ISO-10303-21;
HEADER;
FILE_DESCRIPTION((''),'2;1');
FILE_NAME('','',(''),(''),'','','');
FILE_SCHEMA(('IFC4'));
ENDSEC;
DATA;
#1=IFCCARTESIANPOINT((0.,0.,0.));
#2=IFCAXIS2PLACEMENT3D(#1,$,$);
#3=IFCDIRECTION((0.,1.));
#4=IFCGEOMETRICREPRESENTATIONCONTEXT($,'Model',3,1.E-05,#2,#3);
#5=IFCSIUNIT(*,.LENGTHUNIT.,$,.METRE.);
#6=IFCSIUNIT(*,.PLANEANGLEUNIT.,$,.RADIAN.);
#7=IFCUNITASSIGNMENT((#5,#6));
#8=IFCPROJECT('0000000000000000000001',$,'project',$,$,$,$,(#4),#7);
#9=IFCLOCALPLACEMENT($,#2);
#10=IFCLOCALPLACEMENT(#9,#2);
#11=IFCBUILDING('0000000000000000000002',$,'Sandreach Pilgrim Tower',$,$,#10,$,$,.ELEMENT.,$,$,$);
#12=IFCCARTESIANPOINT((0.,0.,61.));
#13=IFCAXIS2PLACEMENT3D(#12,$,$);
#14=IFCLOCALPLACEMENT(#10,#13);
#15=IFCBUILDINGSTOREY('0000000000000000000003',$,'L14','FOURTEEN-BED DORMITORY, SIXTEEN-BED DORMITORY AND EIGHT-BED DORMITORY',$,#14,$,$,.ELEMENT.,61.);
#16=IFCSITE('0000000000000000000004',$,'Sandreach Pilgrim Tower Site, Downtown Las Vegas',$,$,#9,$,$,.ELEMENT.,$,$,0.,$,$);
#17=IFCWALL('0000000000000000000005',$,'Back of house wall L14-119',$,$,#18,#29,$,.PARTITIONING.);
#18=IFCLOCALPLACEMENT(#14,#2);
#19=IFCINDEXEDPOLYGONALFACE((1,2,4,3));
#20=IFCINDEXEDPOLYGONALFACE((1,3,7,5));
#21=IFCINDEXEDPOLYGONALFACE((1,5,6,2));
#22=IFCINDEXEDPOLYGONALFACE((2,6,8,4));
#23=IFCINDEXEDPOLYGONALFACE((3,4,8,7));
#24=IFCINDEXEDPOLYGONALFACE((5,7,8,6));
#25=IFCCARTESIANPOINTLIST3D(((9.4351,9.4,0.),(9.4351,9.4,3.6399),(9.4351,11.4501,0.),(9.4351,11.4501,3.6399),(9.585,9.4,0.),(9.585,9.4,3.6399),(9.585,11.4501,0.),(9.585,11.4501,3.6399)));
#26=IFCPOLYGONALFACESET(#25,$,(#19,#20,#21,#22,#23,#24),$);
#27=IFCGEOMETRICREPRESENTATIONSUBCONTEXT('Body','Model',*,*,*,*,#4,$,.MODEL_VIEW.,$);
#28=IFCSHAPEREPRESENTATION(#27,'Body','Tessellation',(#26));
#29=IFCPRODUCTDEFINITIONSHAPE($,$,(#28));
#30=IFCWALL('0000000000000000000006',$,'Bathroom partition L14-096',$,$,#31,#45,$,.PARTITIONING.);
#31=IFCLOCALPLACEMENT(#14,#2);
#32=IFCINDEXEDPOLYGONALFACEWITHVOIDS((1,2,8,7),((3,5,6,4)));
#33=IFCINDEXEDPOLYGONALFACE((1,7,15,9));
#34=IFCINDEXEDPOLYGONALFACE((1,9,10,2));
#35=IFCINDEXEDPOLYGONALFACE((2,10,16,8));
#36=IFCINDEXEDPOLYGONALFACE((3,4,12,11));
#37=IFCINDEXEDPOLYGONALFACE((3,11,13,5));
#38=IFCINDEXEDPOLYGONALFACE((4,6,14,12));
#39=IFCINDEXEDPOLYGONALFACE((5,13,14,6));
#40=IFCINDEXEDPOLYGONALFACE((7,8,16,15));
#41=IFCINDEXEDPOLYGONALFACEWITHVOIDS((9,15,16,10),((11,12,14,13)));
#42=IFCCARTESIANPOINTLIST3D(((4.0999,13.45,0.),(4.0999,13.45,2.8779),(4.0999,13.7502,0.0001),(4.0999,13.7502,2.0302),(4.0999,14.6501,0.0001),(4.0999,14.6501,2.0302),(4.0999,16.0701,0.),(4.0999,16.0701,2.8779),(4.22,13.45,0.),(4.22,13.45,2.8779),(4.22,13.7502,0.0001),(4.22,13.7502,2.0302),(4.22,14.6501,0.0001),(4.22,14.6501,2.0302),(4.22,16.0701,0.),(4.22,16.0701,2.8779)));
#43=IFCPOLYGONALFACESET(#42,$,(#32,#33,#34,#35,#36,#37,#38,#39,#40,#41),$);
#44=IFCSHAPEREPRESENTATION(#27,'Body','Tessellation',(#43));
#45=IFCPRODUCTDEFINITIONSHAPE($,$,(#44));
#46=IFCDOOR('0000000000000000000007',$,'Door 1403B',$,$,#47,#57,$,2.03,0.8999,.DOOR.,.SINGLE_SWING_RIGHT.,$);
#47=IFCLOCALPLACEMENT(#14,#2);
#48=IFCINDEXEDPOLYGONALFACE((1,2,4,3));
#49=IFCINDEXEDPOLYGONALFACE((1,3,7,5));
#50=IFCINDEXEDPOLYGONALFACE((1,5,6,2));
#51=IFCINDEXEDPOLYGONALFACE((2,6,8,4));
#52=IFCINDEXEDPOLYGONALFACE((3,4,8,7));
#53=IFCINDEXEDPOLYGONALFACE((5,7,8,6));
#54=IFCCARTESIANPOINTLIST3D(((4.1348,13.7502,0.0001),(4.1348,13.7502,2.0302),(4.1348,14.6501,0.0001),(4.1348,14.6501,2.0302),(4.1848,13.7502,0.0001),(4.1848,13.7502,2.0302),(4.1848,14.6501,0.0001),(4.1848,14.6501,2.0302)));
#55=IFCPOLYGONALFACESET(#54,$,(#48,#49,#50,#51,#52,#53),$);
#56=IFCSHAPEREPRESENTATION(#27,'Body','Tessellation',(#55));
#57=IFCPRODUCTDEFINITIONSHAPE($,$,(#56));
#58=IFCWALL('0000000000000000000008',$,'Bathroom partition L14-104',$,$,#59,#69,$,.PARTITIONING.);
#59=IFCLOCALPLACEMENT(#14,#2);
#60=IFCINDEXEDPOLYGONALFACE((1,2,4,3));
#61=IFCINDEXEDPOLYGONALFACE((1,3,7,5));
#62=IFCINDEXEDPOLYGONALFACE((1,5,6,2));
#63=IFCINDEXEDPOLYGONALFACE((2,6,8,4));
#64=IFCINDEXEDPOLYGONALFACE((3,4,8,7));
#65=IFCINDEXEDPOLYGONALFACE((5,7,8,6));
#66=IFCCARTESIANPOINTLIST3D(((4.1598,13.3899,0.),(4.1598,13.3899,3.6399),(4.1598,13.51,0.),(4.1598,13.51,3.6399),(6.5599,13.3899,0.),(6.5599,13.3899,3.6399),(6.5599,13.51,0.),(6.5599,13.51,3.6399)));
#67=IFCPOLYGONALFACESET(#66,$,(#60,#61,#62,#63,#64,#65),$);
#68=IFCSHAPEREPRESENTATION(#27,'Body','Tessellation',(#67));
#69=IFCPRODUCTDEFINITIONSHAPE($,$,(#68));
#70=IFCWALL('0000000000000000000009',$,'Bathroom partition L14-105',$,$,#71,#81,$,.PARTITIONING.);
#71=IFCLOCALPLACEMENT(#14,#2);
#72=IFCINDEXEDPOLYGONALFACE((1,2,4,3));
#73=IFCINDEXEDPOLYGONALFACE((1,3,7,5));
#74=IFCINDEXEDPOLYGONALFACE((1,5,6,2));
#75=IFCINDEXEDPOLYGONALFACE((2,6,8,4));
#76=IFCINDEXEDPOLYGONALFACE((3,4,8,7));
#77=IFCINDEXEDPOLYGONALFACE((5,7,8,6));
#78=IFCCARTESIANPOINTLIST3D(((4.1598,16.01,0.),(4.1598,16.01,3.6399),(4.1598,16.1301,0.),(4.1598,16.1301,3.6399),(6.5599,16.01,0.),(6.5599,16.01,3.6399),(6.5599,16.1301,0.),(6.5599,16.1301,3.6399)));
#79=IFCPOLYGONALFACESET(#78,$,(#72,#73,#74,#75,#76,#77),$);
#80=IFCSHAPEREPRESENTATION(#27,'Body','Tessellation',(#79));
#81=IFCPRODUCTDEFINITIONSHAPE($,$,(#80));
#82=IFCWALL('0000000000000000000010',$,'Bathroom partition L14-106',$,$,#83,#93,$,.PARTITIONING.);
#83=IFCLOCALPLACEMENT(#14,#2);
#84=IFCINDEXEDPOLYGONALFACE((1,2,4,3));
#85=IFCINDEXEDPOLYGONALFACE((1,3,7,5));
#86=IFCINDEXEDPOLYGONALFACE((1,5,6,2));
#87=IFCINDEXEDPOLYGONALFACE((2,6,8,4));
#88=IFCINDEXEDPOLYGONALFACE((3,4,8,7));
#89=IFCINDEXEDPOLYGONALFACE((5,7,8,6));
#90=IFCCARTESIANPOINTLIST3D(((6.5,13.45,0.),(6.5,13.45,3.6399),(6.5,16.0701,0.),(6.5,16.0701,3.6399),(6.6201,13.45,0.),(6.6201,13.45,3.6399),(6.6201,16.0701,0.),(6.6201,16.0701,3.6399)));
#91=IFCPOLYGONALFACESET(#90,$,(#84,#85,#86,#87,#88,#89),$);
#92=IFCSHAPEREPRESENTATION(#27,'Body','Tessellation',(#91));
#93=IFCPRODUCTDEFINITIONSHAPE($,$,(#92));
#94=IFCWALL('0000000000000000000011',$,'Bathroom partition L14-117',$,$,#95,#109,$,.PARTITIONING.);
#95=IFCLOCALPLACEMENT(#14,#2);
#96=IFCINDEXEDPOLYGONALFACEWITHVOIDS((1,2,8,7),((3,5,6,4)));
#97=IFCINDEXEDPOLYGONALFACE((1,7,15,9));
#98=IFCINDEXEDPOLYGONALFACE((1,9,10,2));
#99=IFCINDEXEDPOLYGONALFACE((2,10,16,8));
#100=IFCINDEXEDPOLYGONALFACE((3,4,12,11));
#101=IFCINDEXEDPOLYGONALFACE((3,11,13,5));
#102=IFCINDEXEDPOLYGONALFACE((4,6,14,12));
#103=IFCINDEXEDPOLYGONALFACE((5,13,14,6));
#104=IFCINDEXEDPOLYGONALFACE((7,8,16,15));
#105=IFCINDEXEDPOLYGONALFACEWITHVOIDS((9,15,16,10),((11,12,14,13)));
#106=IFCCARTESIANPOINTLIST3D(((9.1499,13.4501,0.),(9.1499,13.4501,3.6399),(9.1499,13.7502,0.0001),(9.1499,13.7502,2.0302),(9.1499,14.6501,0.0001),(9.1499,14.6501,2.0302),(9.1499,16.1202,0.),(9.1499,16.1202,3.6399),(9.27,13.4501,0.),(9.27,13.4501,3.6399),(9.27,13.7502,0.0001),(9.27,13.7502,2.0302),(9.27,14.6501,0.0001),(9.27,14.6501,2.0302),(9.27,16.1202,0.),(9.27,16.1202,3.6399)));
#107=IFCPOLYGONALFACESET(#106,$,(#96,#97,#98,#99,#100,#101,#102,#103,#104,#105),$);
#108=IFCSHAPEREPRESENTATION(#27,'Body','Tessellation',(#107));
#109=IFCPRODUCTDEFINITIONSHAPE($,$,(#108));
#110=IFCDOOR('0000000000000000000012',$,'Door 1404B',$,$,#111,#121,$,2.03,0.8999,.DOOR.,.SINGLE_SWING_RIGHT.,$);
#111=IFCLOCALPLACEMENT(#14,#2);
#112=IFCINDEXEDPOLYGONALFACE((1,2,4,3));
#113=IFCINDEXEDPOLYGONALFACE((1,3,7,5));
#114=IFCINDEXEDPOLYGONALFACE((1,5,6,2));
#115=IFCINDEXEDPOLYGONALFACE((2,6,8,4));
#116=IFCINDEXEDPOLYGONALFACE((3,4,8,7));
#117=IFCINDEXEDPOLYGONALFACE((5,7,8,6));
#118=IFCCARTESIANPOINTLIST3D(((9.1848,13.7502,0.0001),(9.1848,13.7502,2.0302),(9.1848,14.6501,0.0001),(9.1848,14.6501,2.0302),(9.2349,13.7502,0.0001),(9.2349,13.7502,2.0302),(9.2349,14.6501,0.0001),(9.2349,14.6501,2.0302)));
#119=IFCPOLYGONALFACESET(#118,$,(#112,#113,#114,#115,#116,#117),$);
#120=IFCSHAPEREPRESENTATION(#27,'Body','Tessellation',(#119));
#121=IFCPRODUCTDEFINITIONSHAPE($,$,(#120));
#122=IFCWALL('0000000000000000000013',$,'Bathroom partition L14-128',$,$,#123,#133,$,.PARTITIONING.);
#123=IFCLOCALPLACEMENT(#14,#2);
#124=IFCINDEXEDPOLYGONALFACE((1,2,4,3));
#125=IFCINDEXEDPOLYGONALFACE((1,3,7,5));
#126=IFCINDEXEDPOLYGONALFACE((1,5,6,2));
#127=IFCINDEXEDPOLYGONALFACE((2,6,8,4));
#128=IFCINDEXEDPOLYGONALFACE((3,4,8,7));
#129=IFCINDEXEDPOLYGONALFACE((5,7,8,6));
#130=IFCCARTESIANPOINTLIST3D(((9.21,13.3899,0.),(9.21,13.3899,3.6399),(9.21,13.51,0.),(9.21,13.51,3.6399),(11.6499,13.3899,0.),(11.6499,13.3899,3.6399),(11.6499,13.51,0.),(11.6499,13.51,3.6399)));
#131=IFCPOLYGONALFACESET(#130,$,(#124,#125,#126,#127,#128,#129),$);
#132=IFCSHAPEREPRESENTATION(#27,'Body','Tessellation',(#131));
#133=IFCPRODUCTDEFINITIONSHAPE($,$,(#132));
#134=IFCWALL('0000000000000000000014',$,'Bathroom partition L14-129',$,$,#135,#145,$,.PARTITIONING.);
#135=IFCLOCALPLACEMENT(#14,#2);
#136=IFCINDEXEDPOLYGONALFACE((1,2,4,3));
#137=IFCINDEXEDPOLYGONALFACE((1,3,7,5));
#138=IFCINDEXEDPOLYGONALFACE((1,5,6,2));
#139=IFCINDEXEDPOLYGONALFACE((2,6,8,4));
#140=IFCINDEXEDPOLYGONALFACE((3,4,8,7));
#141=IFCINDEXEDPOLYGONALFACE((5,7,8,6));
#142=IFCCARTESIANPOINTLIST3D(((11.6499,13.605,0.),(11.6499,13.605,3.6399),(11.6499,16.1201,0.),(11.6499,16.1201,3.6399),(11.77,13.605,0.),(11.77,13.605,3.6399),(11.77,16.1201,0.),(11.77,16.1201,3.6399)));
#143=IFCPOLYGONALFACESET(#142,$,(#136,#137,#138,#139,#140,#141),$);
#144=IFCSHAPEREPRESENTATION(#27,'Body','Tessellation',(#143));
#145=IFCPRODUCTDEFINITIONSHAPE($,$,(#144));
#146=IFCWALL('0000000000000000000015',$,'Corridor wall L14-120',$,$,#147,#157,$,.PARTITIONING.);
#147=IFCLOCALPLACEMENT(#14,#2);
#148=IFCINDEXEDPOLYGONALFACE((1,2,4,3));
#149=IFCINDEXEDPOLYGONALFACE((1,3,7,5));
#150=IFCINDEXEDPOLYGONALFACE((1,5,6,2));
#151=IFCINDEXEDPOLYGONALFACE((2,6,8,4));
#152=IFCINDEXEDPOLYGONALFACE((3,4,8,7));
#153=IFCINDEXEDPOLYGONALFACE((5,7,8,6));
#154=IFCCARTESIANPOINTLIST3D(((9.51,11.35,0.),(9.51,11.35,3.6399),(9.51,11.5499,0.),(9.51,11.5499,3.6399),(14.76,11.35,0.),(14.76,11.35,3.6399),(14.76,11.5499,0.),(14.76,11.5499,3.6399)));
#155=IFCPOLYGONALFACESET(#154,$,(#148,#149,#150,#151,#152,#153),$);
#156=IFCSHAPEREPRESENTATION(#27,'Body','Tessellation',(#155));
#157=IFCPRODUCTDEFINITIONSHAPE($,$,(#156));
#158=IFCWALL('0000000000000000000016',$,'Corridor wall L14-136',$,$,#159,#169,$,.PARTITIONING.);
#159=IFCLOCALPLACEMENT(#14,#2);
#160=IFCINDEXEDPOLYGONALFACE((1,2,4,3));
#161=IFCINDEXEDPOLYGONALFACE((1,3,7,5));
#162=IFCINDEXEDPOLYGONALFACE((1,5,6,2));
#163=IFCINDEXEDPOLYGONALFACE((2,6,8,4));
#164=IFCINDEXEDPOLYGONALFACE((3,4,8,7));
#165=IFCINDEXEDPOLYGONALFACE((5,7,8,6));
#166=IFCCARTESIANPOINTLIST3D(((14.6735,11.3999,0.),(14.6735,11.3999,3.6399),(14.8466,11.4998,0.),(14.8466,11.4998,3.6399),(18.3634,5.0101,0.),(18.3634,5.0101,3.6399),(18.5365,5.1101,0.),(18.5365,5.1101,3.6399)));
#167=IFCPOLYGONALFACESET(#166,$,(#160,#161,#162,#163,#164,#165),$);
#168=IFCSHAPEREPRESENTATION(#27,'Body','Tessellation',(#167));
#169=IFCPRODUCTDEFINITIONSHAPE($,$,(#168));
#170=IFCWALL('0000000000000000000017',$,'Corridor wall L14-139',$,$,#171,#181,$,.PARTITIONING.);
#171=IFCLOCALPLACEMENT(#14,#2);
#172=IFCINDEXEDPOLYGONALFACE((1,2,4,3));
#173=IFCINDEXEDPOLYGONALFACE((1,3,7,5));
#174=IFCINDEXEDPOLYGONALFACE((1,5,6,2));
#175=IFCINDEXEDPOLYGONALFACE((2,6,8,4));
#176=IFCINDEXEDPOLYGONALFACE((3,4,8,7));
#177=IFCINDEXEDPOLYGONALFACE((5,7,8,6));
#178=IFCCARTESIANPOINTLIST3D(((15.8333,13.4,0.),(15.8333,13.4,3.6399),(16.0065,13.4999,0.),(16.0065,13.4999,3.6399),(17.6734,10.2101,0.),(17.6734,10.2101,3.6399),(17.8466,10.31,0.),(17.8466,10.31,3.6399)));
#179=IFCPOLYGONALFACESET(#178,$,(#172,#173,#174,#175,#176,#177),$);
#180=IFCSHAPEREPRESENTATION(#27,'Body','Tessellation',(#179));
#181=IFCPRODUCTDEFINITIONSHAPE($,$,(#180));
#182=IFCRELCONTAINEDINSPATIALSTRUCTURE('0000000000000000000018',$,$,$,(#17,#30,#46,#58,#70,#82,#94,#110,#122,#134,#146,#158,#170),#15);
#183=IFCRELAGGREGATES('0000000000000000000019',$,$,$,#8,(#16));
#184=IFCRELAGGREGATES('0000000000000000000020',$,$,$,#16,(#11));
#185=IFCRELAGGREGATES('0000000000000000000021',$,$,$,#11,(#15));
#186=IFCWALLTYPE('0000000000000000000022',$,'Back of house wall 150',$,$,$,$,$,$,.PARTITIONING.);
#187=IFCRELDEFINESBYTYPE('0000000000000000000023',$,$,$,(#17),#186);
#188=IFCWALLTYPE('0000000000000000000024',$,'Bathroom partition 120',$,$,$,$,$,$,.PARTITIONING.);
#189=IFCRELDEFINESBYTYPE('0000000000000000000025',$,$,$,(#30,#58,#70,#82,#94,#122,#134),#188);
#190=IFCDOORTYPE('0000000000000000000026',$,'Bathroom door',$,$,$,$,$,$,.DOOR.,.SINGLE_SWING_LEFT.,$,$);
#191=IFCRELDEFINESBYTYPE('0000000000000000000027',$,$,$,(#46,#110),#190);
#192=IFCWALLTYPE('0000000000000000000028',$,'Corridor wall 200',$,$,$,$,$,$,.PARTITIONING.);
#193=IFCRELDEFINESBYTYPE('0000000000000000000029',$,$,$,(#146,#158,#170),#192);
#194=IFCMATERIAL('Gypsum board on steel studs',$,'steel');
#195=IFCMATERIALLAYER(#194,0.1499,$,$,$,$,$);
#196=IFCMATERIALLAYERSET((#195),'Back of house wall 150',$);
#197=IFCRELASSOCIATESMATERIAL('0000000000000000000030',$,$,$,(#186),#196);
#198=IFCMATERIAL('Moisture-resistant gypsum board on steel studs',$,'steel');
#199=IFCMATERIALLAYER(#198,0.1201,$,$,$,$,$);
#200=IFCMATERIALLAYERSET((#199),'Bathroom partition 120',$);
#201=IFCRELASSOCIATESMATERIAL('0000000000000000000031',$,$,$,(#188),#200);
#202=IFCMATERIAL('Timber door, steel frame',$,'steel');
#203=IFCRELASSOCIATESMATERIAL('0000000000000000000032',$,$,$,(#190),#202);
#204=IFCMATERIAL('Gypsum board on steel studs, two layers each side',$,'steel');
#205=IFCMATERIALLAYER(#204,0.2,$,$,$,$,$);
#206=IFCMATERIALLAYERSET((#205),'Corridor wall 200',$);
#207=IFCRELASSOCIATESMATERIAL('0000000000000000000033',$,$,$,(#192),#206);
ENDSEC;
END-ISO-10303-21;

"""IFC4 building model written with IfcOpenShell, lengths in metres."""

from ifc_helpers import new_model, si_unit, direction, frame, frame_2d, origin, place, context, subcontext, project, spatial, rectangle, extrude, material, layer, layer_set, type_object, element, fill, save


model = new_model("IFC4")

# Units and contexts
model_context = context("Model", 3, precision=1e-05, world=origin(), true_north=direction((0.0, 1.0)))
body_context = subcontext(model_context, "Body", "Model", "MODEL_VIEW")
ifc_project = project(units=[si_unit("LENGTHUNIT", "METRE"), si_unit("PLANEANGLEUNIT", "RADIAN")], contexts=[model_context])

# Site, building, storey
site_placement = place(None, origin())
site = spatial("IfcSite", under=ifc_project, at=site_placement, Name="Sandreach Pilgrim Tower Site, Downtown Las Vegas", CompositionType="ELEMENT", RefElevation=0.0)
building_placement = place(site_placement, origin())
building = spatial("IfcBuilding", under=site, at=building_placement, Name="Sandreach Pilgrim Tower", CompositionType="ELEMENT")
storey_placement = place(building_placement, frame((0.0, 0.0, 61.0)))
storey = spatial("IfcBuildingStorey", under=building, at=storey_placement, Name="L14", Description="FOURTEEN-BED DORMITORY, SIXTEEN-BED DORMITORY AND EIGHT-BED DORMITORY", CompositionType="ELEMENT", Elevation=61.0)

# Wall
ifc_material_1 = material(Name="Gypsum board on steel studs", Category="steel")
ifc_layer_1 = layer(ifc_material_1, 0.1499)
ifc_layer_set_1 = layer_set([ifc_layer_1], Name="Back of house wall 150")
wall_type_1 = type_object("IfcWallType", Name="Back of house wall 150", PredefinedType="PARTITIONING", material=ifc_layer_set_1)
wall_1_placement = place(storey_placement, frame((9.51, 11.45, 0.0), z_axis=(0.0, 0.0, 1.0), x_axis=(0.0, -1.0, 0.0)))
element("IfcWall", 1, at=wall_1_placement, inside=storey, type_object=wall_type_1, Name="Back of house wall L14-119", PredefinedType="PARTITIONING", context=body_context, shape_type="SweptSolid", body=[
    extrude(rectangle(XDim=2.05, YDim=0.1499, at=frame_2d((1.0249, 0.0))), origin(), (0.0, 0.0, 1.0), 3.6399),
])

# Wall, opening, door
ifc_material_2 = material(Name="Moisture-resistant gypsum board on steel studs", Category="steel")
ifc_layer_2 = layer(ifc_material_2, 0.1201)
ifc_layer_set_2 = layer_set([ifc_layer_2], Name="Bathroom partition 120")
wall_type_2 = type_object("IfcWallType", Name="Bathroom partition 120", PredefinedType="PARTITIONING", material=ifc_layer_set_2)
wall_2_placement = place(storey_placement, frame((4.1599, 16.0701, 0.0), z_axis=(0.0, 0.0, 1.0), x_axis=(0.0, -1.0, 0.0)))
wall_2 = element("IfcWall", 2, at=wall_2_placement, inside=storey, type_object=wall_type_2, Name="Bathroom partition L14-096", PredefinedType="PARTITIONING", context=body_context, shape_type="SweptSolid", body=[
    extrude(rectangle(XDim=2.6201, YDim=0.1201, at=frame_2d((1.3101, 0.0))), origin(), (0.0, 0.0, 1.0), 2.8779),
])
opening_1_placement = place(wall_2_placement, frame((1.4199, 0.0, 0.0)))
opening_1 = element("IfcOpeningElement", 3, at=opening_1_placement, cuts=wall_2, PredefinedType="OPENING", context=body_context, shape_type="SweptSolid", body=[
    extrude(rectangle(XDim=0.8999, YDim=2.03, at=frame_2d((0.45, 1.0151))), frame((0.0, 0.0601, 0.0), z_axis=(0.0, -1.0, 0.0), x_axis=(1.0, 0.0, 0.0)), (0.0, 0.0, 1.0), 0.1201),
])
ifc_material_3 = material(Name="Timber door, steel frame", Category="steel")
door_type_1 = type_object("IfcDoorType", Name="Bathroom door", OperationType="SINGLE_SWING_LEFT", PredefinedType="DOOR", material=ifc_material_3)
door_1_placement = place(opening_1_placement, origin())
door_1 = element("IfcDoor", 4, at=door_1_placement, inside=storey, type_object=door_type_1, Name="Door 1403B", OperationType="SINGLE_SWING_RIGHT", OverallHeight=2.03, OverallWidth=0.8999, PredefinedType="DOOR", context=body_context, shape_type="SweptSolid", body=[
    extrude(rectangle(XDim=0.8999, YDim=2.03, at=frame_2d((0.45, 1.0151))), frame((0.0, 0.0249, 0.0), z_axis=(0.0, -1.0, 0.0), x_axis=(1.0, 0.0, 0.0)), (0.0, 0.0, 1.0), 0.05),
])
fill(opening_1, door_1)

# Walls
for number, where, z_axis, x_axis, name in (
    (5, (6.5601, 13.45, 0.0), (0.0, 0.0, 1.0), (-1.0, 0.0, 0.0), "Bathroom partition L14-104"),
    (6, (6.5601, 16.0701, 0.0), (0.0, 0.0, 1.0), (-1.0, 0.0, 0.0), "Bathroom partition L14-105"),
):
    element("IfcWall", number, at=place(storey_placement, frame(where, z_axis=z_axis, x_axis=x_axis)), inside=storey, type_object=wall_type_2, Name=name, PredefinedType="PARTITIONING", context=body_context, shape_type="SweptSolid", body=[
        extrude(rectangle(XDim=2.4001, YDim=0.1201, at=frame_2d((1.2002, 0.0))), origin(), (0.0, 0.0, 1.0), 3.6399),
    ])
wall_3_placement = place(storey_placement, frame((6.5601, 16.0701, 0.0), z_axis=(0.0, 0.0, 1.0), x_axis=(0.0, -1.0, 0.0)))
element("IfcWall", 7, at=wall_3_placement, inside=storey, type_object=wall_type_2, Name="Bathroom partition L14-106", PredefinedType="PARTITIONING", context=body_context, shape_type="SweptSolid", body=[
    extrude(rectangle(XDim=2.6201, YDim=0.1201, at=frame_2d((1.3101, 0.0))), origin(), (0.0, 0.0, 1.0), 3.6399),
])

# Wall, opening, door
wall_4_placement = place(storey_placement, frame((9.21, 16.1201, 0.0), z_axis=(0.0, 0.0, 1.0), x_axis=(0.0, -1.0, 0.0)))
wall_4 = element("IfcWall", 8, at=wall_4_placement, inside=storey, type_object=wall_type_2, Name="Bathroom partition L14-117", PredefinedType="PARTITIONING", context=body_context, shape_type="SweptSolid", body=[
    extrude(rectangle(XDim=2.6702, YDim=0.1201, at=frame_2d((1.335, 0.0))), origin(), (0.0, 0.0, 1.0), 3.6399),
])
opening_2_placement = place(wall_4_placement, frame((1.47, 0.0, 0.0)))
opening_2 = element("IfcOpeningElement", 9, at=opening_2_placement, cuts=wall_4, PredefinedType="OPENING", context=body_context, shape_type="SweptSolid", body=[
    extrude(rectangle(XDim=0.8999, YDim=2.03, at=frame_2d((0.45, 1.0151))), frame((0.0, 0.0601, 0.0), z_axis=(0.0, -1.0, 0.0), x_axis=(1.0, 0.0, 0.0)), (0.0, 0.0, 1.0), 0.1201),
])
door_2_placement = place(opening_2_placement, origin())
door_2 = element("IfcDoor", 10, at=door_2_placement, inside=storey, type_object=door_type_1, Name="Door 1404B", OperationType="SINGLE_SWING_RIGHT", OverallHeight=2.03, OverallWidth=0.8999, PredefinedType="DOOR", context=body_context, shape_type="SweptSolid", body=[
    extrude(rectangle(XDim=0.8999, YDim=2.03, at=frame_2d((0.45, 1.0151))), frame((0.0, 0.0249, 0.0), z_axis=(0.0, -1.0, 0.0), x_axis=(1.0, 0.0, 0.0)), (0.0, 0.0, 1.0), 0.05),
])
fill(opening_2, door_2)

# Walls
wall_5_placement = place(storey_placement, frame((11.6499, 13.45, 0.0), z_axis=(0.0, 0.0, 1.0), x_axis=(-1.0, 0.0, 0.0)))
element("IfcWall", 11, at=wall_5_placement, inside=storey, type_object=wall_type_2, Name="Bathroom partition L14-128", PredefinedType="PARTITIONING", context=body_context, shape_type="SweptSolid", body=[
    extrude(rectangle(XDim=2.4399, YDim=0.1201, at=frame_2d((1.22, 0.0))), origin(), (0.0, 0.0, 1.0), 3.6399),
])
wall_6_placement = place(storey_placement, frame((11.71, 13.605, 0.0), z_axis=(0.0, 0.0, 1.0), x_axis=(0.0, 1.0, 0.0)))
element("IfcWall", 12, at=wall_6_placement, inside=storey, type_object=wall_type_2, Name="Bathroom partition L14-129", PredefinedType="PARTITIONING", context=body_context, shape_type="SweptSolid", body=[
    extrude(rectangle(XDim=2.5151, YDim=0.1201, at=frame_2d((1.2576, 0.0))), origin(), (0.0, 0.0, 1.0), 3.6399),
])

# Shared definitions
ifc_material_4 = material(Name="Gypsum board on steel studs, two layers each side", Category="steel")
ifc_layer_3 = layer(ifc_material_4, 0.2)
ifc_layer_set_3 = layer_set([ifc_layer_3], Name="Corridor wall 200")
wall_type_3 = type_object("IfcWallType", Name="Corridor wall 200", PredefinedType="PARTITIONING", material=ifc_layer_set_3)

# Walls
wall_7_placement = place(storey_placement, frame((9.51, 11.45, 0.0), z_axis=(0.0, 0.0, 1.0), x_axis=(1.0, 0.0, 0.0)))
element("IfcWall", 13, at=wall_7_placement, inside=storey, type_object=wall_type_3, Name="Corridor wall L14-120", PredefinedType="PARTITIONING", context=body_context, shape_type="SweptSolid", body=[
    extrude(rectangle(XDim=5.25, YDim=0.2, at=frame_2d((2.625, 0.0))), origin(), (0.0, 0.0, 1.0), 3.6399),
])
wall_8_placement = place(storey_placement, frame((14.76, 11.45, 0.0), z_axis=(0.0, 0.0, 1.0), x_axis=(0.500075, -0.865982, 0.0)))
element("IfcWall", 14, at=wall_8_placement, inside=storey, type_object=wall_type_3, Name="Corridor wall L14-136", PredefinedType="PARTITIONING", context=body_context, shape_type="SweptSolid", body=[
    extrude(rectangle(XDim=7.3787, YDim=0.2, at=frame_2d((3.6895, 0.0))), origin(), (0.0, 0.0, 1.0), 3.6399),
])

# Wall
wall_9_placement = place(storey_placement, frame((15.9199, 13.45, 0.0), z_axis=(0.0, 0.0, 1.0), x_axis=(0.499669, -0.866216, 0.0)))
element("IfcWall", 15, at=wall_9_placement, inside=storey, type_object=wall_type_3, Name="Corridor wall L14-139", PredefinedType="PARTITIONING", context=body_context, shape_type="SweptSolid", body=[
    extrude(rectangle(XDim=3.6826, YDim=0.2, at=frame_2d((1.8413, 0.0))), origin(), (0.0, 0.0, 1.0), 3.6399),
])

save(model, "model.ifc")
